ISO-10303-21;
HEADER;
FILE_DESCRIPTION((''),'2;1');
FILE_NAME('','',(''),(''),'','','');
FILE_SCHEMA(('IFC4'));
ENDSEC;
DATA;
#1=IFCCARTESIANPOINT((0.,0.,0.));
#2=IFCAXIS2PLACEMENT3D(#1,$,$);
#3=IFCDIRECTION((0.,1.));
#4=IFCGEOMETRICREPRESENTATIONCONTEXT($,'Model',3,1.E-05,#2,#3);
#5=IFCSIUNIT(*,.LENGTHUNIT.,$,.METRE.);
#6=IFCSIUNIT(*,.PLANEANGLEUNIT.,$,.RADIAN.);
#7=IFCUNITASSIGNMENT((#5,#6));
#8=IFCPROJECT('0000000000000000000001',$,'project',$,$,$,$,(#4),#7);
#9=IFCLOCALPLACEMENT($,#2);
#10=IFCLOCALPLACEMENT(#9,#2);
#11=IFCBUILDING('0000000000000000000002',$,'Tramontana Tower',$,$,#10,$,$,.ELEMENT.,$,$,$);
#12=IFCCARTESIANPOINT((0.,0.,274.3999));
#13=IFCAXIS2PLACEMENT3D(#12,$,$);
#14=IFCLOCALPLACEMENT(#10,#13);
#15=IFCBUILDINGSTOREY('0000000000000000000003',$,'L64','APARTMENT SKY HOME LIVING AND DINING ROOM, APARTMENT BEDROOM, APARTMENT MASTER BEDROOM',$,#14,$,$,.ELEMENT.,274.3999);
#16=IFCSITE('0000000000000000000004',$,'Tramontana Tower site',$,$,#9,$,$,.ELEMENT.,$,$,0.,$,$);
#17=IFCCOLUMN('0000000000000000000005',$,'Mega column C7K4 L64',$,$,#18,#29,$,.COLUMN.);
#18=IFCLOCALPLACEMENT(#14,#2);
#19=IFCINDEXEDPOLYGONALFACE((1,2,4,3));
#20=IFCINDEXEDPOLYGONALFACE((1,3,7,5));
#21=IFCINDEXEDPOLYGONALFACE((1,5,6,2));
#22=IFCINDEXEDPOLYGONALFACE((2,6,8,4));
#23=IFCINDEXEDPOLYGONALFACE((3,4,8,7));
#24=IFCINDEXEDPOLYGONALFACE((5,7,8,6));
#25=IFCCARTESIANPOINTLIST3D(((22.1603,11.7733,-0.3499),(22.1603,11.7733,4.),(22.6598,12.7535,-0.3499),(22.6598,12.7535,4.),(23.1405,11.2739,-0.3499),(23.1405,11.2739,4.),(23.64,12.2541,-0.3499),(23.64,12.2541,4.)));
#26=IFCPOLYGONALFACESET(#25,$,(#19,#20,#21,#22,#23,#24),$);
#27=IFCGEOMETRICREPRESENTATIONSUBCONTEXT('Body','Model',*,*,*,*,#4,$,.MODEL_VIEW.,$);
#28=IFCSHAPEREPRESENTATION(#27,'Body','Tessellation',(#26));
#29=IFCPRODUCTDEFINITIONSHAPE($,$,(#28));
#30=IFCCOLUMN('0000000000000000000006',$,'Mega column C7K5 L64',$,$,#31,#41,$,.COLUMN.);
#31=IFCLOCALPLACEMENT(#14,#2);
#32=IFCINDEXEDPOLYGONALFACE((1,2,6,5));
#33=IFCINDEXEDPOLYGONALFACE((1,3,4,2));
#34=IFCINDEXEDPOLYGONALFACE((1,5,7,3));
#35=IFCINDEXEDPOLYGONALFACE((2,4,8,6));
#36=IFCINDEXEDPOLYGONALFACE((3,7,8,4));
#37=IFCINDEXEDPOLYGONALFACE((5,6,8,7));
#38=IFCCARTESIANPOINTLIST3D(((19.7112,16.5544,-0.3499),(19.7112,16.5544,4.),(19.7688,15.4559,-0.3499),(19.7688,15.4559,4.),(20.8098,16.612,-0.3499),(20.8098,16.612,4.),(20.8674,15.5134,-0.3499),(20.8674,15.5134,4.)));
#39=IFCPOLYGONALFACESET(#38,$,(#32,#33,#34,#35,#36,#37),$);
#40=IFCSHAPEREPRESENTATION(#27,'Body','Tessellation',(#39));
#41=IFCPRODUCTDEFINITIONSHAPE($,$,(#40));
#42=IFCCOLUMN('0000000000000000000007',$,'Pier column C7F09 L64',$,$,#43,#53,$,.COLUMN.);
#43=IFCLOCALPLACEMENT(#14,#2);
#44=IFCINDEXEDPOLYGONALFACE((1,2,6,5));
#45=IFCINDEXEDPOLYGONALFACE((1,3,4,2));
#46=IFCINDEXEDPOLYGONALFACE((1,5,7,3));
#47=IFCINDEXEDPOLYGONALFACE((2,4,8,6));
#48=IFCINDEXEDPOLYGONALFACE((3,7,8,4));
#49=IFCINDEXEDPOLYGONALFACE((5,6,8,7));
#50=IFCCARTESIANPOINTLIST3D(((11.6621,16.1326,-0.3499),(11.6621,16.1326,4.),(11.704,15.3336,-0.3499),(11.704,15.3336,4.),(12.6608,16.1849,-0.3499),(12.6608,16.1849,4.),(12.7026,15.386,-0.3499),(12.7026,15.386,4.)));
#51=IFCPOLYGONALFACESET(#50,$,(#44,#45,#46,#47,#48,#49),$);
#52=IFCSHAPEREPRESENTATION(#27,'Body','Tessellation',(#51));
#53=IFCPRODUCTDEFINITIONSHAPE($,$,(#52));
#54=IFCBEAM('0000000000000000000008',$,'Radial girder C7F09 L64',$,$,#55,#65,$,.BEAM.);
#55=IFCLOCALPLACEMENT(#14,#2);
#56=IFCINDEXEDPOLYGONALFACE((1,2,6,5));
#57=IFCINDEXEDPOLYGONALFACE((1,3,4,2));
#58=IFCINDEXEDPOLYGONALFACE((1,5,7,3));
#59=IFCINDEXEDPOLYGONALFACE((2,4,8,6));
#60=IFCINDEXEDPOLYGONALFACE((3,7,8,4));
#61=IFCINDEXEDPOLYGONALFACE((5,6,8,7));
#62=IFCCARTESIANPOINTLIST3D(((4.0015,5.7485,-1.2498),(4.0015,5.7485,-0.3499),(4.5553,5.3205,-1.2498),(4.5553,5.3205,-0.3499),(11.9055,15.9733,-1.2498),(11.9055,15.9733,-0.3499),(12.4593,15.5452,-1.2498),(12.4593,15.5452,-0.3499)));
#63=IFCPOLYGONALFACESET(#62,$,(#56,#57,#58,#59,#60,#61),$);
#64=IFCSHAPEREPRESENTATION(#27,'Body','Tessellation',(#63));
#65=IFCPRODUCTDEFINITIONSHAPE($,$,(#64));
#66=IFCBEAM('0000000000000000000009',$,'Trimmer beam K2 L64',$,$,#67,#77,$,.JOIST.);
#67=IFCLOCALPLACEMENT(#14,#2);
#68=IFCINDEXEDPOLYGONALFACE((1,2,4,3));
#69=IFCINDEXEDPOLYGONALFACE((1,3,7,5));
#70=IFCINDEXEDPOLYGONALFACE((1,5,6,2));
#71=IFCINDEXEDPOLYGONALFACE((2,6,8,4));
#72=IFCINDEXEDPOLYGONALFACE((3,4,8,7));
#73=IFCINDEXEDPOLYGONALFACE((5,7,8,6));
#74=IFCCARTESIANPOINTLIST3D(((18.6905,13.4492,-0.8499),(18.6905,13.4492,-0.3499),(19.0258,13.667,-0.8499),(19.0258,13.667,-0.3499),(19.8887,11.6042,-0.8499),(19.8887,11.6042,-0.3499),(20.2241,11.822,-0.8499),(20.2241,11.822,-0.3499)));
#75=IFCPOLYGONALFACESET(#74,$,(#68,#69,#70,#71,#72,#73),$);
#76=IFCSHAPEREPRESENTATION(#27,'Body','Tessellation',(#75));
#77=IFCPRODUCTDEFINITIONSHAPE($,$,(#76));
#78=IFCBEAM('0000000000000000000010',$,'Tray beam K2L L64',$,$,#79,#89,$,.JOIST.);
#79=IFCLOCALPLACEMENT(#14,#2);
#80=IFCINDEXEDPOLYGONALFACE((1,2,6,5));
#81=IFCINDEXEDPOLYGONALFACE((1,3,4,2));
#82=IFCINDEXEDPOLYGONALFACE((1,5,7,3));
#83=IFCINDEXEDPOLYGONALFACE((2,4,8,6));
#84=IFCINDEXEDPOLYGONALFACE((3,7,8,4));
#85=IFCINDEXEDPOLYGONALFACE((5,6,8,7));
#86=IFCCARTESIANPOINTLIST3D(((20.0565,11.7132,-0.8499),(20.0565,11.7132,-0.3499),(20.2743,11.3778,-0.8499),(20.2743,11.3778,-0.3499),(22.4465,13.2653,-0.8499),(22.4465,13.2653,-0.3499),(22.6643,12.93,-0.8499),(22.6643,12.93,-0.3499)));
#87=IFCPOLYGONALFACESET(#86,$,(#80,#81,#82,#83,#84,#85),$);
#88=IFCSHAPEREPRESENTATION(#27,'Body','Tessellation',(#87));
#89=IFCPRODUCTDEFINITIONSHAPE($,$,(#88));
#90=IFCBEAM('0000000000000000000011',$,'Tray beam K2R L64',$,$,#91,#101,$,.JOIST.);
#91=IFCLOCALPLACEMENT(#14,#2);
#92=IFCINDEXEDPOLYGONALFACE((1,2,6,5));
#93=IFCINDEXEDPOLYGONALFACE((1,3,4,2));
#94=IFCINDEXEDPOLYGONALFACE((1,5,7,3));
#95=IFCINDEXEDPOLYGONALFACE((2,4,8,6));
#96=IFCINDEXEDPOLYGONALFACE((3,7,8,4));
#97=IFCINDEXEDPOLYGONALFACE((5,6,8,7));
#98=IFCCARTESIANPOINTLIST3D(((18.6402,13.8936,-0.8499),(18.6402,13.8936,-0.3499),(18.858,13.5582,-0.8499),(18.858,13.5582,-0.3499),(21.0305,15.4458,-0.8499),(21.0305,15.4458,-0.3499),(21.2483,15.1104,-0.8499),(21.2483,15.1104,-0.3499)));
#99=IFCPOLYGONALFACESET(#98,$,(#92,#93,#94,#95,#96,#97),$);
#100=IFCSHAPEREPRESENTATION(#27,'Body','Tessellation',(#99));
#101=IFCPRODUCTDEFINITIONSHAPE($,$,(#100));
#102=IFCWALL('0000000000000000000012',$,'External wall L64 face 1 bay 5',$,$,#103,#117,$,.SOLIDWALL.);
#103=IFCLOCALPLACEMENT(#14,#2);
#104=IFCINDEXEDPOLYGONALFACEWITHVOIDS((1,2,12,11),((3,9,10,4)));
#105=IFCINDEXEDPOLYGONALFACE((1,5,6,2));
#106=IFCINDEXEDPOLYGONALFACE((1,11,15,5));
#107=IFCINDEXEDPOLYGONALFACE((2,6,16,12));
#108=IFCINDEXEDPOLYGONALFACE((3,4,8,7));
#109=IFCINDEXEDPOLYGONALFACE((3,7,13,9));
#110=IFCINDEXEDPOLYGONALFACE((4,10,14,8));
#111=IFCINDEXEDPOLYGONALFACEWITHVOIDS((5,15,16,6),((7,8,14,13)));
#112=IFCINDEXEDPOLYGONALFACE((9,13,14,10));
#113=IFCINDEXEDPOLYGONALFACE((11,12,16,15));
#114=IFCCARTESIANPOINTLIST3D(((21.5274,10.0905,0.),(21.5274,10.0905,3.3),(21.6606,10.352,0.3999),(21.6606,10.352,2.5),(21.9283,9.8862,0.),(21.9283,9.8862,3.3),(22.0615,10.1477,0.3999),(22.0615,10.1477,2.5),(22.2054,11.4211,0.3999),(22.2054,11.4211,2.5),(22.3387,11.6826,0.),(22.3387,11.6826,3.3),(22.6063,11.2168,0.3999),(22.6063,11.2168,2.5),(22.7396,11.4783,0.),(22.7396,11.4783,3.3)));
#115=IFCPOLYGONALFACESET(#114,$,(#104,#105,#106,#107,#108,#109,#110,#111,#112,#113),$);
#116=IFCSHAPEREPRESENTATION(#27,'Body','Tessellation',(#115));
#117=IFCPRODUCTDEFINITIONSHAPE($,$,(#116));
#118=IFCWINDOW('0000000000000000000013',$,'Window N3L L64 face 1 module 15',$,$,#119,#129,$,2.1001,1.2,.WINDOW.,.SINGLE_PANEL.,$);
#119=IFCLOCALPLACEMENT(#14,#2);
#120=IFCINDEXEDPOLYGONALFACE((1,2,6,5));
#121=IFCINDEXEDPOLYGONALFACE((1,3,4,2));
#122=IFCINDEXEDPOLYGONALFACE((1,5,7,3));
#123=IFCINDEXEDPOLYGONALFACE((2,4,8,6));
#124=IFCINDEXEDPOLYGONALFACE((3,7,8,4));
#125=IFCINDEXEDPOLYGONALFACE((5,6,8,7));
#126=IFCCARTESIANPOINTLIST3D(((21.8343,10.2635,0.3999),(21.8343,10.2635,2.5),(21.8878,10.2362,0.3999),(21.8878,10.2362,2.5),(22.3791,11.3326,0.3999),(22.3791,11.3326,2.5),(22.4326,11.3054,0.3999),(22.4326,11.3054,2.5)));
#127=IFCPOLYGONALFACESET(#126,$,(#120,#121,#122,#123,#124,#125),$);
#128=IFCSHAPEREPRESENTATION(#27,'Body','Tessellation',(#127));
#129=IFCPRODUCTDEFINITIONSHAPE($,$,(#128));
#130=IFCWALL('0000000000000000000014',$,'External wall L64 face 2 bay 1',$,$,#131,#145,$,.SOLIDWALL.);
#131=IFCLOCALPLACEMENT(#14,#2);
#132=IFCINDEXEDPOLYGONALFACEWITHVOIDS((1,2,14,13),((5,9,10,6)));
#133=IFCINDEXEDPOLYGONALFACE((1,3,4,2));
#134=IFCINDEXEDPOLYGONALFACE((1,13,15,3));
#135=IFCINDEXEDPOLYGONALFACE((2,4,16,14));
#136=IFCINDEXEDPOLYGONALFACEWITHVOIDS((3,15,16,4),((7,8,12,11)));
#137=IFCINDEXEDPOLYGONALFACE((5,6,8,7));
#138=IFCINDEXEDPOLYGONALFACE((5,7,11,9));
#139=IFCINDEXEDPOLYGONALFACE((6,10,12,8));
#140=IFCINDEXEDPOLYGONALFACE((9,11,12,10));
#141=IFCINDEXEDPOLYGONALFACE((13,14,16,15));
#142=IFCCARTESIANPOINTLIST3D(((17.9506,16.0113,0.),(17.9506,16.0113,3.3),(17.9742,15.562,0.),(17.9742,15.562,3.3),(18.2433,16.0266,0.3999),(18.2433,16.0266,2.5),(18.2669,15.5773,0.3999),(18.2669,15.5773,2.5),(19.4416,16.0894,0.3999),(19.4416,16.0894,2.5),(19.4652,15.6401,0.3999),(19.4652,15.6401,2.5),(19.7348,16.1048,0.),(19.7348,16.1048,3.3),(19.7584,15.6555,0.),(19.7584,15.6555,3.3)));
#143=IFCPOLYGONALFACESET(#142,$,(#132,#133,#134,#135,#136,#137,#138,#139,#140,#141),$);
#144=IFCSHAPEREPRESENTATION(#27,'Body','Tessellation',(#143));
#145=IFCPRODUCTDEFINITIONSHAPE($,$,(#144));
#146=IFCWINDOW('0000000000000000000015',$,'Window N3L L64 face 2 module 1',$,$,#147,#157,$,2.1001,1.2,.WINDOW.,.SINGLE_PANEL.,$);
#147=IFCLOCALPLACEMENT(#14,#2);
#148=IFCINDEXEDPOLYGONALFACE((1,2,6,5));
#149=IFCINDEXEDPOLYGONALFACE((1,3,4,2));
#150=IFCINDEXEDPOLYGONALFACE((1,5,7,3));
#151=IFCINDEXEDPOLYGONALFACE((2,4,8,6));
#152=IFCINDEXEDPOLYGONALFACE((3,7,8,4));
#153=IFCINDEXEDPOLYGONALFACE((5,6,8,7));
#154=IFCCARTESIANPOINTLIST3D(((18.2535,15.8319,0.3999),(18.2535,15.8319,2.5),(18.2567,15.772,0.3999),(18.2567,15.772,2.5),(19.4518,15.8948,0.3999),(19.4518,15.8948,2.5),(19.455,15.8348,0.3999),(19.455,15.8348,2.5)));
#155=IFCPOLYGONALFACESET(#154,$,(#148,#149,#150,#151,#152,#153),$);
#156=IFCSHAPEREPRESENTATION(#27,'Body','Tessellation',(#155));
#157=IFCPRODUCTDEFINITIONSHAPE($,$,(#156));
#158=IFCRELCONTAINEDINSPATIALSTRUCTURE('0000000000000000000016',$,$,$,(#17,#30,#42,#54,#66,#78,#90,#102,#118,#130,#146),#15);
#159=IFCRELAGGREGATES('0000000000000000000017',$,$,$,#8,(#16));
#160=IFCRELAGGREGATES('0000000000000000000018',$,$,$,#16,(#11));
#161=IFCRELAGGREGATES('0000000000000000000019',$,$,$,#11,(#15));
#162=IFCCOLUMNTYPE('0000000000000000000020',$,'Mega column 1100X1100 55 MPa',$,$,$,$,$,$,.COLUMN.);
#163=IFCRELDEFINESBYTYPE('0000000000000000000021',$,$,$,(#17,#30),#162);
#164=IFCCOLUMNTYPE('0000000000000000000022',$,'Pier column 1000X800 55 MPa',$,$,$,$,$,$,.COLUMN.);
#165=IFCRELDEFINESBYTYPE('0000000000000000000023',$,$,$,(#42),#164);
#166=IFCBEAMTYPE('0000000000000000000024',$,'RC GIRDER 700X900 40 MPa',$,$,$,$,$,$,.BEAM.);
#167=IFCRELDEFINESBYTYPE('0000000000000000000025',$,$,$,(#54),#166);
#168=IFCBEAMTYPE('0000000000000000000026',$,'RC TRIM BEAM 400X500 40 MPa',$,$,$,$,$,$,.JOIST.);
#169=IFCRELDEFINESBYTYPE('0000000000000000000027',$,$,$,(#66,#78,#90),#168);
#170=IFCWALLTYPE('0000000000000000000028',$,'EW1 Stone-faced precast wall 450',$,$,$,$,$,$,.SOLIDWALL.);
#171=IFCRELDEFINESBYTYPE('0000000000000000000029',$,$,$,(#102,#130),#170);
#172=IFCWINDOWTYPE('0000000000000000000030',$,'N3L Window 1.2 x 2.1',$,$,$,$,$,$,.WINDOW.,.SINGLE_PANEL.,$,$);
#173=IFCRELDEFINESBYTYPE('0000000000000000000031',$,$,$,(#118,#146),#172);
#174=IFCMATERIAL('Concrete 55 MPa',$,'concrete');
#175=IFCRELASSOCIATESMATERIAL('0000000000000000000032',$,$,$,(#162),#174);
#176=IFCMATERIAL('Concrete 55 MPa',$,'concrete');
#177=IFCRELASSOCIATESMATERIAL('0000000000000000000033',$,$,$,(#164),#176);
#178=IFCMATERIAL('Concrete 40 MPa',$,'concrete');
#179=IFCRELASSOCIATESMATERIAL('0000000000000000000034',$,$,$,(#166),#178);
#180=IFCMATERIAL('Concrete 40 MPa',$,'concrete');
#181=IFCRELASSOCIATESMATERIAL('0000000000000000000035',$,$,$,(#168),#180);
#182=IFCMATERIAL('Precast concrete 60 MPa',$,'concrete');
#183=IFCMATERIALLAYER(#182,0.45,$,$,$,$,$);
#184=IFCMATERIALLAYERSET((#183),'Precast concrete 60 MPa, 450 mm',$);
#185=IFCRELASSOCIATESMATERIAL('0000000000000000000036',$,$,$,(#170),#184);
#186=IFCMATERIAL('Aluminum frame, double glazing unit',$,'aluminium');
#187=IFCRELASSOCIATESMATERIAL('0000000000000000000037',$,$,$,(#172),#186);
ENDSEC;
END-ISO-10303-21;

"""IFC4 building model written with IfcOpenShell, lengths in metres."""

from ifc_helpers import new_model, si_unit, direction, frame, frame_2d, origin, origin_2d, place, context, subcontext, project, spatial, rectangle, extrude, material, layer, layer_set, material_profile, profile_set, type_object, element, fill, save


model = new_model("IFC4")

# Units and contexts
model_context = context("Model", 3, precision=1e-05, world=origin(), true_north=direction((0.0, 1.0)))
body_context = subcontext(model_context, "Body", "Model", "MODEL_VIEW")
ifc_project = project(units=[si_unit("LENGTHUNIT", "METRE"), si_unit("PLANEANGLEUNIT", "RADIAN")], contexts=[model_context])

# Site, building, storey
site_placement = place(None, origin())
site = spatial("IfcSite", under=ifc_project, at=site_placement, Name="Tramontana Tower site", CompositionType="ELEMENT", RefElevation=0.0)
building_placement = place(site_placement, origin())
building = spatial("IfcBuilding", under=site, at=building_placement, Name="Tramontana Tower", CompositionType="ELEMENT")
storey_placement = place(building_placement, frame((0.0, 0.0, 274.3999)))
storey = spatial("IfcBuildingStorey", under=building, at=storey_placement, Name="L64", Description="APARTMENT SKY HOME LIVING AND DINING ROOM, APARTMENT BEDROOM, APARTMENT MASTER BEDROOM", CompositionType="ELEMENT", Elevation=274.3999)

# Columns
ifc_material_1 = material(Name="Concrete 55 MPa", Category="concrete")
ifc_material_profile_1 = material_profile(ifc_material_1, rectangle(XDim=1.1001, YDim=1.1001, at=origin_2d()), Name="Mega column 1100X1100 55 MPa")
ifc_profile_set_1 = profile_set([ifc_material_profile_1], Name="Concrete 55 MPa")
column_type_1 = type_object("IfcColumnType", Name="Mega column 1100X1100 55 MPa", PredefinedType="COLUMN", material=ifc_profile_set_1)
for number, where, z_axis, x_axis, name in (
    (1, (22.9001, 12.0137, -0.3499), (0.0, 0.0, 1.0), (0.45399, 0.891007, 0.0), "Mega column C7K4 L64"),
    (2, (20.2893, 16.0339, -0.3499), (0.0, 0.0, 1.0), (-0.99863, -0.052336, 0.0), "Mega column C7K5 L64"),
):
    element("IfcColumn", number, at=place(storey_placement, frame(where, z_axis=z_axis, x_axis=x_axis)), inside=storey, type_object=column_type_1, Name=name, PredefinedType="COLUMN", context=body_context, shape_type="SweptSolid", body=[
        extrude(rectangle(XDim=1.1001, YDim=1.1001, at=origin_2d()), origin(), (0.0, 0.0, 1.0), 4.3499),
    ])
ifc_material_2 = material(Name="Concrete 55 MPa", Category="concrete")
ifc_material_profile_2 = material_profile(ifc_material_2, rectangle(XDim=1.0, YDim=0.8, at=origin_2d()), Name="Pier column 1000X800 55 MPa")
ifc_profile_set_2 = profile_set([ifc_material_profile_2], Name="Concrete 55 MPa")
column_type_2 = type_object("IfcColumnType", Name="Pier column 1000X800 55 MPa", PredefinedType="COLUMN", material=ifc_profile_set_2)
column_placement = place(storey_placement, frame((12.1824, 15.7593, -0.3499), z_axis=(0.0, 0.0, 1.0), x_axis=(-0.99863, -0.052336, 0.0)))
element("IfcColumn", 3, at=column_placement, inside=storey, type_object=column_type_2, Name="Pier column C7F09 L64", PredefinedType="COLUMN", context=body_context, shape_type="SweptSolid", body=[
    extrude(rectangle(XDim=1.0, YDim=0.8, at=origin_2d()), origin(), (0.0, 0.0, 1.0), 4.3499),
])

# Beams
ifc_material_3 = material(Name="Concrete 40 MPa", Category="concrete")
ifc_material_profile_3 = material_profile(ifc_material_3, rectangle(XDim=0.7, YDim=0.8999, at=origin_2d()), Name="RC GIRDER 700X900 40 MPa")
ifc_profile_set_3 = profile_set([ifc_material_profile_3], Name="Concrete 40 MPa")
beam_type_1 = type_object("IfcBeamType", Name="RC GIRDER 700X900 40 MPa", PredefinedType="BEAM", material=ifc_profile_set_3)
beam_1_placement = place(storey_placement, frame((12.1824, 15.7593, -0.7998), z_axis=(-0.611594, -0.791172, 0.0), x_axis=(0.791172, -0.611594, 0.0)))
element("IfcBeam", 4, at=beam_1_placement, inside=storey, type_object=beam_type_1, Name="Radial girder C7F09 L64", PredefinedType="BEAM", context=body_context, shape_type="SweptSolid", body=[
    extrude(rectangle(XDim=0.7, YDim=0.8999, at=origin_2d()), origin(), (0.0, 0.0, 1.0), 12.9236),
])
ifc_material_4 = material(Name="Concrete 40 MPa", Category="concrete")
ifc_material_profile_4 = material_profile(ifc_material_4, rectangle(XDim=0.3999, YDim=0.5, at=origin_2d()), Name="RC TRIM BEAM 400X500 40 MPa")
ifc_profile_set_4 = profile_set([ifc_material_profile_4], Name="Concrete 40 MPa")
beam_type_2 = type_object("IfcBeamType", Name="RC TRIM BEAM 400X500 40 MPa", PredefinedType="JOIST", material=ifc_profile_set_4)
beam_2_placement = place(storey_placement, frame((20.0564, 11.7131, -0.5999), z_axis=(-0.544672, 0.838649, 0.0), x_axis=(-0.838649, -0.544672, 0.0)))
element("IfcBeam", 5, at=beam_2_placement, inside=storey, type_object=beam_type_2, Name="Trimmer beam K2 L64", PredefinedType="JOIST", context=body_context, shape_type="SweptSolid", body=[
    extrude(rectangle(XDim=0.3999, YDim=0.5, at=origin_2d()), origin(), (0.0, 0.0, 1.0), 2.2),
])
beam_3_placement = place(storey_placement, frame((22.5554, 13.0977, -0.5999), z_axis=(-0.838659, -0.544657, 0.0), x_axis=(0.544657, -0.838659, 0.0)))
element("IfcBeam", 6, at=beam_3_placement, inside=storey, type_object=beam_type_2, Name="Tray beam K2L L64", PredefinedType="JOIST", context=body_context, shape_type="SweptSolid", body=[
    extrude(rectangle(XDim=0.3999, YDim=0.5, at=origin_2d()), origin(), (0.0, 0.0, 1.0), 2.8499),
])
beam_4_placement = place(storey_placement, frame((21.1394, 15.2781, -0.5999), z_axis=(-0.838684, -0.544618, 0.0), x_axis=(0.544618, -0.838684, 0.0)))
element("IfcBeam", 7, at=beam_4_placement, inside=storey, type_object=beam_type_2, Name="Tray beam K2R L64", PredefinedType="JOIST", context=body_context, shape_type="SweptSolid", body=[
    extrude(rectangle(XDim=0.3999, YDim=0.5, at=origin_2d()), origin(), (0.0, 0.0, 1.0), 2.8501),
])

# Walls, openings, windows
ifc_material_5 = material(Name="Precast concrete 60 MPa", Category="concrete")
ifc_layer_1 = layer(ifc_material_5, 0.45)
ifc_layer_set_1 = layer_set([ifc_layer_1], Name="Precast concrete 60 MPa, 450 mm")
wall_type_1 = type_object("IfcWallType", Name="EW1 Stone-faced precast wall 450", PredefinedType="SOLIDWALL", material=ifc_layer_set_1)
wall_1_placement = place(storey_placement, frame((21.7278, 9.9883, 0.0), z_axis=(0.0, 0.0, 1.0), x_axis=(0.454032, 0.890985, 0.0)))
wall_1 = element("IfcWall", 8, at=wall_1_placement, inside=storey, type_object=wall_type_1, Name="External wall L64 face 1 bay 5", PredefinedType="SOLIDWALL", context=body_context, shape_type="SweptSolid", body=[
    extrude(rectangle(XDim=1.7869, YDim=0.45, at=frame_2d((0.8936, 0.0))), origin(), (0.0, 0.0, 1.0), 3.3),
])
opening_1_placement = place(wall_1_placement, frame((0.2935, 0.0, 0.3999)))
opening_1 = element("IfcOpeningElement", 9, at=opening_1_placement, cuts=wall_1, PredefinedType="OPENING", context=body_context, shape_type="SweptSolid", body=[
    extrude(rectangle(XDim=1.2, YDim=2.1001, at=frame_2d((0.6001, 1.05))), frame((0.0, 0.2349, 0.0), z_axis=(0.0, -1.0, 0.0), x_axis=(1.0, 0.0, 0.0)), (0.0, 0.0, 1.0), 0.47),
])
ifc_material_6 = material(Name="Aluminum frame, double glazing unit", Category="aluminium")
window_type_1 = type_object("IfcWindowType", Name="N3L Window 1.2 x 2.1", PartitioningType="SINGLE_PANEL", PredefinedType="WINDOW", material=ifc_material_6)
window_1_placement = place(opening_1_placement, origin())
window_1 = element("IfcWindow", 10, at=window_1_placement, inside=storey, type_object=window_type_1, Name="Window N3L L64 face 1 module 15", OverallHeight=2.1001, OverallWidth=1.2, PartitioningType="SINGLE_PANEL", PredefinedType="WINDOW", context=body_context, shape_type="SweptSolid", body=[
    extrude(rectangle(XDim=1.2, YDim=2.1001, at=frame_2d((0.6001, 1.05))), frame((0.0, 0.03, 0.0), z_axis=(0.0, -1.0, 0.0), x_axis=(1.0, 0.0, 0.0)), (0.0, 0.0, 1.0), 0.0601),
])
fill(opening_1, window_1)
wall_2_placement = place(storey_placement, frame((19.7466, 15.8801, 0.0), z_axis=(0.0, 0.0, 1.0), x_axis=(-0.99863, -0.052336, 0.0)))
wall_2 = element("IfcWall", 11, at=wall_2_placement, inside=storey, type_object=wall_type_1, Name="External wall L64 face 2 bay 1", PredefinedType="SOLIDWALL", context=body_context, shape_type="SweptSolid", body=[
    extrude(rectangle(XDim=1.7866, YDim=0.45, at=frame_2d((0.8933, 0.0))), origin(), (0.0, 0.0, 1.0), 3.3),
])
opening_2_placement = place(wall_2_placement, frame((0.2935, 0.0, 0.3999)))
opening_2 = element("IfcOpeningElement", 12, at=opening_2_placement, cuts=wall_2, PredefinedType="OPENING", context=body_context, shape_type="SweptSolid", body=[
    extrude(rectangle(XDim=1.2, YDim=2.1001, at=frame_2d((0.6001, 1.05))), frame((0.0, 0.2349, 0.0), z_axis=(0.0, -1.0, 0.0), x_axis=(1.0, 0.0, 0.0)), (0.0, 0.0, 1.0), 0.47),
])
window_2_placement = place(opening_2_placement, origin())
window_2 = element("IfcWindow", 13, at=window_2_placement, inside=storey, type_object=window_type_1, Name="Window N3L L64 face 2 module 1", OverallHeight=2.1001, OverallWidth=1.2, PartitioningType="SINGLE_PANEL", PredefinedType="WINDOW", context=body_context, shape_type="SweptSolid", body=[
    extrude(rectangle(XDim=1.2, YDim=2.1001, at=frame_2d((0.6001, 1.05))), frame((0.0, 0.03, 0.0), z_axis=(0.0, -1.0, 0.0), x_axis=(1.0, 0.0, 0.0)), (0.0, 0.0, 1.0), 0.0601),
])
fill(opening_2, window_2)

save(model, "model.ifc")
